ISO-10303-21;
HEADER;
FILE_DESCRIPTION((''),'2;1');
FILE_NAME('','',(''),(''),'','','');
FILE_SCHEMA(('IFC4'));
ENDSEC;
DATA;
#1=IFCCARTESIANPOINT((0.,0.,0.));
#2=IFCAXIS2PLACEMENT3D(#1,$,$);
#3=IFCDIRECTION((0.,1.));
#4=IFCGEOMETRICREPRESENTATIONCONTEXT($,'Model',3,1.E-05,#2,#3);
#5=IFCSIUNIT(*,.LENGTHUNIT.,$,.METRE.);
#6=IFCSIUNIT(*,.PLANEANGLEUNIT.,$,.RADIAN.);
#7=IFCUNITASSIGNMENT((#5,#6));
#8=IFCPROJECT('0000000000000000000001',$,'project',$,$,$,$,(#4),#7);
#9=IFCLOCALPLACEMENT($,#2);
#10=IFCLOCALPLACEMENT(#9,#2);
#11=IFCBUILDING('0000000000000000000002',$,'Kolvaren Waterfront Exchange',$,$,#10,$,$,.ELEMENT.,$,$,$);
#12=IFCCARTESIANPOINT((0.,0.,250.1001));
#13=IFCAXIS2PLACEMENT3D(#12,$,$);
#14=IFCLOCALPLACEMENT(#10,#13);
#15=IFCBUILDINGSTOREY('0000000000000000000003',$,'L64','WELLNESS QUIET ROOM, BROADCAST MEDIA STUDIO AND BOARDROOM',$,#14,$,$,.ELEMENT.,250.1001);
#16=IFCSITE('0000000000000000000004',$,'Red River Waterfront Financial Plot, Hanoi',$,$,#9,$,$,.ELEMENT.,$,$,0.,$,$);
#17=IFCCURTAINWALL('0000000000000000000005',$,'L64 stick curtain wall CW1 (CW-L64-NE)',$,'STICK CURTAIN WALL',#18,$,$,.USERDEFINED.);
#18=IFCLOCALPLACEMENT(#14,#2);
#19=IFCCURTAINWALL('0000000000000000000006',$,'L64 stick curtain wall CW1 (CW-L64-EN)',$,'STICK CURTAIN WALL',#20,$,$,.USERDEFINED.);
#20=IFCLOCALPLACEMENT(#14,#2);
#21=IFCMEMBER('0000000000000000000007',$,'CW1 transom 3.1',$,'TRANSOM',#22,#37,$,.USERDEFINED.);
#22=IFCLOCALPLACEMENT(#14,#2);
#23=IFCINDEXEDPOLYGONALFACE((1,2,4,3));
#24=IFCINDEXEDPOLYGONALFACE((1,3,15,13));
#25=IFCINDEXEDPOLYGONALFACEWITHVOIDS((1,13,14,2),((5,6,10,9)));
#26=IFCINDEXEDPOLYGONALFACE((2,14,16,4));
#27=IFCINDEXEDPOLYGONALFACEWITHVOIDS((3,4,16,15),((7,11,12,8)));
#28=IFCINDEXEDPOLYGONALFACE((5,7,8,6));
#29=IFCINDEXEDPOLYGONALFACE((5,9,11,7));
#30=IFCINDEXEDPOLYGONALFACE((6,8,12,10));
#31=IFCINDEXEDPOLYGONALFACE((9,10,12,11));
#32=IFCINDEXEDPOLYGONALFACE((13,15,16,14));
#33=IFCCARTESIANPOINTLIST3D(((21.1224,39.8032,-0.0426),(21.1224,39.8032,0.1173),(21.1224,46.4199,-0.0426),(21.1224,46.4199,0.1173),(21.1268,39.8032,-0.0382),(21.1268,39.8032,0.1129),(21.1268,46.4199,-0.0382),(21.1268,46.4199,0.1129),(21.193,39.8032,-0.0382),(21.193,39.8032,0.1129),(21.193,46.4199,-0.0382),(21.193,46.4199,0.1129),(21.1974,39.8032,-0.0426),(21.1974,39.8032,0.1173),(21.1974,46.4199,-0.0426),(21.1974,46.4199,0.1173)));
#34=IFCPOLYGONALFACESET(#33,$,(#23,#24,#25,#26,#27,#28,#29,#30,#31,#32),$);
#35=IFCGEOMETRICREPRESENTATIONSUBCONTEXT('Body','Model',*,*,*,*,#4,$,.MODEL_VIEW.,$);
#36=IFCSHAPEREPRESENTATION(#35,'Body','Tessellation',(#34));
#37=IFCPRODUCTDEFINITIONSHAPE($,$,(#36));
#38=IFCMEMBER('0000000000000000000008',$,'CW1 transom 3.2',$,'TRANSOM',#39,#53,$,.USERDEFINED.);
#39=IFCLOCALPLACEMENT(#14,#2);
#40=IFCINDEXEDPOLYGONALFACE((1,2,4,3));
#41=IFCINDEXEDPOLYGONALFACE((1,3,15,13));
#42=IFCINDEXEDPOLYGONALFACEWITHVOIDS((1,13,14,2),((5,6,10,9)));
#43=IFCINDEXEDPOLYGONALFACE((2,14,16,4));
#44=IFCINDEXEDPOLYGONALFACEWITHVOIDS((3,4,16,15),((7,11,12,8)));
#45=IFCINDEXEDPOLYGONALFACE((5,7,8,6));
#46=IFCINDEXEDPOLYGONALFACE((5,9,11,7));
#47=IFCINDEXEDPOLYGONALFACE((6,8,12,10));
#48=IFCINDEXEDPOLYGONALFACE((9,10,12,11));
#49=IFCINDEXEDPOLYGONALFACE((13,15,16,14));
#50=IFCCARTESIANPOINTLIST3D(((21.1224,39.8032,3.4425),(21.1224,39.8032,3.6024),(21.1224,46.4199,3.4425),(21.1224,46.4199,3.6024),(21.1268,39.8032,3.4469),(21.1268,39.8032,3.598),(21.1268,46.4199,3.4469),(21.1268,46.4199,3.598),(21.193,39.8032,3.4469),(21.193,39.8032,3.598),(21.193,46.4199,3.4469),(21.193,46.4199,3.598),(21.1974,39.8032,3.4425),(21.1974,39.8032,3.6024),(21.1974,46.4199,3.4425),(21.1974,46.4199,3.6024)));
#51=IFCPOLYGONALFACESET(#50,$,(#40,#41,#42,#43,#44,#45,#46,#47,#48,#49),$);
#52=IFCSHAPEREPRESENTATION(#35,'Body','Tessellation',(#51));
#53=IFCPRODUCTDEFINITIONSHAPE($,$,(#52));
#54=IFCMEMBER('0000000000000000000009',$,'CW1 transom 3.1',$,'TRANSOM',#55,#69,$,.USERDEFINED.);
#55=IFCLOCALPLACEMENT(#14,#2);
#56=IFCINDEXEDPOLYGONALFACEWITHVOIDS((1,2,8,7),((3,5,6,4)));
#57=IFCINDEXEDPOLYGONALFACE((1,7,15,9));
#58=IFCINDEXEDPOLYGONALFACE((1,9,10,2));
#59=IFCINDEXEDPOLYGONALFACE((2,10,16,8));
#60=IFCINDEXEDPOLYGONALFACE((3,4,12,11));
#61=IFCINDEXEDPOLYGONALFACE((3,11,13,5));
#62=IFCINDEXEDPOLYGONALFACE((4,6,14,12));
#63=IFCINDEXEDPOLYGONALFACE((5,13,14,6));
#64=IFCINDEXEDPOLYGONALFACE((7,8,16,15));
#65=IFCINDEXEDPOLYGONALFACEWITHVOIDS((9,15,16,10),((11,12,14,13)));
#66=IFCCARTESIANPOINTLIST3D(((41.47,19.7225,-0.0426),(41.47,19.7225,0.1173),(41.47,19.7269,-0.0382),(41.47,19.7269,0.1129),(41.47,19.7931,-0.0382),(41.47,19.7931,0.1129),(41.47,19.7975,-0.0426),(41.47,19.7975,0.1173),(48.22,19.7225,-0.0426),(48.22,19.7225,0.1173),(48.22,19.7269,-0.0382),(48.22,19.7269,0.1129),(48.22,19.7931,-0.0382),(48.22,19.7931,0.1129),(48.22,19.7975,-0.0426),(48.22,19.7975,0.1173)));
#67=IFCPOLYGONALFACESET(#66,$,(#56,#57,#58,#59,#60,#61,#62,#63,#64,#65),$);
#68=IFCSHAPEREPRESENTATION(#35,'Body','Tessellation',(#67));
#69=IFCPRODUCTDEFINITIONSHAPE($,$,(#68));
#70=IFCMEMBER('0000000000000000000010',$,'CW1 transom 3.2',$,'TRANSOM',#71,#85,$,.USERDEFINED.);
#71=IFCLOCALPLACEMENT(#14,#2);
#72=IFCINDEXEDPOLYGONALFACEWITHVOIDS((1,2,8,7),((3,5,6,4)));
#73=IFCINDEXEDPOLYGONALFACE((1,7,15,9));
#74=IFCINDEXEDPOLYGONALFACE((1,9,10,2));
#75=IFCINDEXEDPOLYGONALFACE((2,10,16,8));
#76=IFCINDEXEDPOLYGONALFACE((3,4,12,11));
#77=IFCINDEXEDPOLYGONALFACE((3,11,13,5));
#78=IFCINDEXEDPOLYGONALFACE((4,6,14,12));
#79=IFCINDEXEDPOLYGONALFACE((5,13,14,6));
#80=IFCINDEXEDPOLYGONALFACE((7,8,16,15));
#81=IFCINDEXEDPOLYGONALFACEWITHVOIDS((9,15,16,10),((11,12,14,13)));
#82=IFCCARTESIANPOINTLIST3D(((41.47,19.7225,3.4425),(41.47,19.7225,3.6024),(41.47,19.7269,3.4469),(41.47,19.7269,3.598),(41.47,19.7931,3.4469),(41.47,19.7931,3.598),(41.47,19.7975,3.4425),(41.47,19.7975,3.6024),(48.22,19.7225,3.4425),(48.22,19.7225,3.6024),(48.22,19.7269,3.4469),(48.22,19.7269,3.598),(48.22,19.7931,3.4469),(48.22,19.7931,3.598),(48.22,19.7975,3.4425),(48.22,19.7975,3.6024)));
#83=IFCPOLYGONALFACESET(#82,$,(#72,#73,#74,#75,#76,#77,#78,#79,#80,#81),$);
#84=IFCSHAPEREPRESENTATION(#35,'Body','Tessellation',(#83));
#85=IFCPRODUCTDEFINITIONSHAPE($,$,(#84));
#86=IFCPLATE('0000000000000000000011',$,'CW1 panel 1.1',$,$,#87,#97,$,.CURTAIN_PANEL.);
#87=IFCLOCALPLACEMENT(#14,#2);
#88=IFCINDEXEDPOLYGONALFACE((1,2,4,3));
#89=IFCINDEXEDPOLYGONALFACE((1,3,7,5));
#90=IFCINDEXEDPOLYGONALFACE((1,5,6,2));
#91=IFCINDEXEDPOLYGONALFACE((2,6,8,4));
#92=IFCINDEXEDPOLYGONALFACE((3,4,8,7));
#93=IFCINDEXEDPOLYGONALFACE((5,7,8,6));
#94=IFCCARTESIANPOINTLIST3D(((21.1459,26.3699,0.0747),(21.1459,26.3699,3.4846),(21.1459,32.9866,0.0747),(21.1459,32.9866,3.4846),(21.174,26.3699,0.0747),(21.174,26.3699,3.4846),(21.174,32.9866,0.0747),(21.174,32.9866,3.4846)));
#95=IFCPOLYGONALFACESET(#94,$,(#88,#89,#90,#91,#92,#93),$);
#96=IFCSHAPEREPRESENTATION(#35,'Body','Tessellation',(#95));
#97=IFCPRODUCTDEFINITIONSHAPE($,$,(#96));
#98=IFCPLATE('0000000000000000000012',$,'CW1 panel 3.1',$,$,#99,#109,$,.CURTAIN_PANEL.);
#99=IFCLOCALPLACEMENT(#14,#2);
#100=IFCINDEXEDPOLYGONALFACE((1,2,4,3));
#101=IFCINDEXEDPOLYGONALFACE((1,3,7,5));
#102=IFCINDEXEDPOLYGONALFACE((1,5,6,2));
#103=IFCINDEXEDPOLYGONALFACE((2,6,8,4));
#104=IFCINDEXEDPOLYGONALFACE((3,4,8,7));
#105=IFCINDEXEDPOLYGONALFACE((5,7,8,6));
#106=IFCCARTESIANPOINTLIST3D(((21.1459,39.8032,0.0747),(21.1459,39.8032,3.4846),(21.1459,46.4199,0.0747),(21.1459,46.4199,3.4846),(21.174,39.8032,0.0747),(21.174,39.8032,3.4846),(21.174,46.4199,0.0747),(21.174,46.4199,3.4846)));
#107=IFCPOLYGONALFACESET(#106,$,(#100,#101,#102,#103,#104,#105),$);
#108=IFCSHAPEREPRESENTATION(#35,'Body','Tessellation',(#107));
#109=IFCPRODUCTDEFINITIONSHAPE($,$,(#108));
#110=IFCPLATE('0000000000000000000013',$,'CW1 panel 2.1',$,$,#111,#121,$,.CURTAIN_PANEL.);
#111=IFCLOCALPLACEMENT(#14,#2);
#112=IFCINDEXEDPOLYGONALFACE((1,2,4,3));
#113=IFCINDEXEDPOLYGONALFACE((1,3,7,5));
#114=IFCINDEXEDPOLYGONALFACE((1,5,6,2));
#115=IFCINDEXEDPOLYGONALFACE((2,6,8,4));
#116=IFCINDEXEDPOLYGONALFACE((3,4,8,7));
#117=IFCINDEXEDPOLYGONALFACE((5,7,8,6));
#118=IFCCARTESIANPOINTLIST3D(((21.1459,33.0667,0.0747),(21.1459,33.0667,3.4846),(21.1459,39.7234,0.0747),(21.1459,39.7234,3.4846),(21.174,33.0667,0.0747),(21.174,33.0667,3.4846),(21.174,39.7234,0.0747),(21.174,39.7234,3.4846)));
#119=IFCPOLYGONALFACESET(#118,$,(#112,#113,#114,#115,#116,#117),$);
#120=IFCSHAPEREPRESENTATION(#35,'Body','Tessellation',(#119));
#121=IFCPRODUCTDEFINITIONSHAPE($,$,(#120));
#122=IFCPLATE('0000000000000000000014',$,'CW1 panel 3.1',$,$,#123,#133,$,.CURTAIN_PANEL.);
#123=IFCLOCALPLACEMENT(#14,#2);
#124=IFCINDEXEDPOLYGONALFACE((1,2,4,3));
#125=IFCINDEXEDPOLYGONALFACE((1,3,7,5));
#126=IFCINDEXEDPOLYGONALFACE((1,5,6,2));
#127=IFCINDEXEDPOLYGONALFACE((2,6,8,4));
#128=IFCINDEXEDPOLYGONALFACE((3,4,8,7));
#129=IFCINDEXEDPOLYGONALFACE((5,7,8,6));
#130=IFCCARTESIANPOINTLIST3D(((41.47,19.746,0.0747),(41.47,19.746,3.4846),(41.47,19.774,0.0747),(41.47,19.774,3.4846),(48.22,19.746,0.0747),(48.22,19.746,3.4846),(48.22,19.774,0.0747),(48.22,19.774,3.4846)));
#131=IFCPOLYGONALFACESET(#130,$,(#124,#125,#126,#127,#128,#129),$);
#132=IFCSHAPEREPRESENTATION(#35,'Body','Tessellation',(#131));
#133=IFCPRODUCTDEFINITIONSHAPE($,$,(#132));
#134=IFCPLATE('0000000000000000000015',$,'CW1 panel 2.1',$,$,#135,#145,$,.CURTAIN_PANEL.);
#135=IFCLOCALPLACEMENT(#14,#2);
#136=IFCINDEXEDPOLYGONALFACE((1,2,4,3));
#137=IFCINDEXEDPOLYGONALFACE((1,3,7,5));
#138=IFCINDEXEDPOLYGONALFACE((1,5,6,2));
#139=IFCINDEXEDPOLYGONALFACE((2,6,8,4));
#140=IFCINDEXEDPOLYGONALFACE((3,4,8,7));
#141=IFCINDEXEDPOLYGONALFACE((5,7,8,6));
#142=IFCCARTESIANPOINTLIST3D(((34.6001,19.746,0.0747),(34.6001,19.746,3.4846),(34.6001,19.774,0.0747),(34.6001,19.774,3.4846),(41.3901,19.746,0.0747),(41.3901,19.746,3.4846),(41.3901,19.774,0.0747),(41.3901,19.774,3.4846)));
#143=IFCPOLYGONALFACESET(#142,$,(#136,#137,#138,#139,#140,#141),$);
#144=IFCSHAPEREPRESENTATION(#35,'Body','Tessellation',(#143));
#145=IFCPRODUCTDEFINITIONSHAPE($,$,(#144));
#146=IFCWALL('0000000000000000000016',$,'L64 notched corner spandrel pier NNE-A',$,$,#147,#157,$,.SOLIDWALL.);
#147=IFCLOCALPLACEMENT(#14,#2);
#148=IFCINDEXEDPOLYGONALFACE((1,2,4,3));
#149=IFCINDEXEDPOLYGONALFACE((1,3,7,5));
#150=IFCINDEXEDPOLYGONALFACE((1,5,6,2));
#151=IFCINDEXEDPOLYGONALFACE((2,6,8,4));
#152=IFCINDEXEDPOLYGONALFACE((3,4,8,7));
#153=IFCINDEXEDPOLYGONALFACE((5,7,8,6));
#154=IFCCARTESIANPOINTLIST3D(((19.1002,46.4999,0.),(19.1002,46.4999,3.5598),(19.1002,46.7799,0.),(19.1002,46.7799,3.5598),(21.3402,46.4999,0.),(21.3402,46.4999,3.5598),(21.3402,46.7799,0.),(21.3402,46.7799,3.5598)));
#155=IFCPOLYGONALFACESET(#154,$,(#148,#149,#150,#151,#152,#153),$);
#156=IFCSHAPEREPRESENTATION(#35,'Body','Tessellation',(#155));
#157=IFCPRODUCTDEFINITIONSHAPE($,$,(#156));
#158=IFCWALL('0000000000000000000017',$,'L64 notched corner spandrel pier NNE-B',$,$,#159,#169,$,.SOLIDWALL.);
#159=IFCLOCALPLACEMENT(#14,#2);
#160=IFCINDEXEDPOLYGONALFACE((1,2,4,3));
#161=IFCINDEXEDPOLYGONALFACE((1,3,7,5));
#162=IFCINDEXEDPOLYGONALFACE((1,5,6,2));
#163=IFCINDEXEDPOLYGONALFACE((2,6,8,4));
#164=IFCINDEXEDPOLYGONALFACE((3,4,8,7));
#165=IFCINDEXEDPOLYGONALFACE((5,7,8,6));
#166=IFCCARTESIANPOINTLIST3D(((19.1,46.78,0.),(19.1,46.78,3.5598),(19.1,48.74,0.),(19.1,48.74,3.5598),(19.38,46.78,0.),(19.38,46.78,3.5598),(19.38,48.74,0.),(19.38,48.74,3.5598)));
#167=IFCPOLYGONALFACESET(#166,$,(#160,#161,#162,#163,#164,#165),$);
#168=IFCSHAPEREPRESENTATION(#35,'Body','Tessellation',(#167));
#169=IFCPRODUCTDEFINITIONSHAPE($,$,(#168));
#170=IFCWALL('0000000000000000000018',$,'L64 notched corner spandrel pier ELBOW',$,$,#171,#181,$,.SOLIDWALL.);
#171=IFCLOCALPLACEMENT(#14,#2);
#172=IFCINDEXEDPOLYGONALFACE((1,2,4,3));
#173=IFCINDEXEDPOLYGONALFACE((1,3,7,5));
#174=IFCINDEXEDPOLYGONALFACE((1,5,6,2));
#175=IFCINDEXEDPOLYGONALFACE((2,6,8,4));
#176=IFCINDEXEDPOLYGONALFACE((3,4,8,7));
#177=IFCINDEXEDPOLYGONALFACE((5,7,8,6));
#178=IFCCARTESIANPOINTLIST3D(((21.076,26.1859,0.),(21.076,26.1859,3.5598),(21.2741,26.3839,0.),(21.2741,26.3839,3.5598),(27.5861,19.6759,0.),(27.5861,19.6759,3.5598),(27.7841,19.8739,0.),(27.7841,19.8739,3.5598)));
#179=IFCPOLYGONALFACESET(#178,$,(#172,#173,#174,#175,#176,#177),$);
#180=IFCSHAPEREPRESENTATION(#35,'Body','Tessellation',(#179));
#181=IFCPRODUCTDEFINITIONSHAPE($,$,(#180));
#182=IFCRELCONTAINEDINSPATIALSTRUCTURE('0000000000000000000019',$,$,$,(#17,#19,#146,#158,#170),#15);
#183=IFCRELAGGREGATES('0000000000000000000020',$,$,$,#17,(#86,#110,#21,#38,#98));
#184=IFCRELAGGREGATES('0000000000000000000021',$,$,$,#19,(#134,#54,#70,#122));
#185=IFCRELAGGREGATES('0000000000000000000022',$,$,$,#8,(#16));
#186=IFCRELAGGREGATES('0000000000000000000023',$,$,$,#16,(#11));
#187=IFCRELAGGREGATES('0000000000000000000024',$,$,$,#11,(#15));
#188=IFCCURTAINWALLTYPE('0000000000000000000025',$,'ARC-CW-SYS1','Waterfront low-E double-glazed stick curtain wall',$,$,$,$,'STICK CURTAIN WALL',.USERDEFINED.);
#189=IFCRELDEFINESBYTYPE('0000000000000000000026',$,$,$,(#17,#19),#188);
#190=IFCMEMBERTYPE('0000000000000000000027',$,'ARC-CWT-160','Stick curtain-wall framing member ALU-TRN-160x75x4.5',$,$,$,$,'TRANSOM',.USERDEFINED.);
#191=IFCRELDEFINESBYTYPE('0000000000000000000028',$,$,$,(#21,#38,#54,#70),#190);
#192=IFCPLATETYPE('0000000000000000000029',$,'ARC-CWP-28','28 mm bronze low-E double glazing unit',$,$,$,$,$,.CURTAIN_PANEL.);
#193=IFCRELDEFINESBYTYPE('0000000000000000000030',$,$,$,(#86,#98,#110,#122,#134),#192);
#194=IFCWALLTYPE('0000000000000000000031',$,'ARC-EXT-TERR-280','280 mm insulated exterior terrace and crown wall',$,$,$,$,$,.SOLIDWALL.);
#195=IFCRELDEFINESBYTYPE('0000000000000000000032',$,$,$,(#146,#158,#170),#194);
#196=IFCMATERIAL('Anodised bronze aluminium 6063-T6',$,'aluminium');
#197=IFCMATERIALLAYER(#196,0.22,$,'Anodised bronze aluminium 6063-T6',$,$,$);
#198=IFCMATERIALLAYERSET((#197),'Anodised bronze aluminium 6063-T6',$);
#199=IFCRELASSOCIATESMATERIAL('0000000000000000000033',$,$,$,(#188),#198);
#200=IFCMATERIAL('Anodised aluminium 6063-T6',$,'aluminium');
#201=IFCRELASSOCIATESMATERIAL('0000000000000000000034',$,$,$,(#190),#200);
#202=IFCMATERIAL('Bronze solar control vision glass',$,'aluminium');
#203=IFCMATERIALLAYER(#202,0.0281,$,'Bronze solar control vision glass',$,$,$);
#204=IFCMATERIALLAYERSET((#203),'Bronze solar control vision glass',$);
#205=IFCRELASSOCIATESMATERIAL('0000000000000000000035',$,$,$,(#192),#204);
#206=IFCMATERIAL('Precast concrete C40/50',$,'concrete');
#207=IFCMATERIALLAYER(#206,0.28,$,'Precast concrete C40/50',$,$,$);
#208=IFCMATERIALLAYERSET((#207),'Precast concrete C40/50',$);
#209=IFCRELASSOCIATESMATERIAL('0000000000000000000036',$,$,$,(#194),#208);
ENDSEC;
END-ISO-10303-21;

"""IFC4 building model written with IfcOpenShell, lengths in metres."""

from ifc_helpers import new_model, si_unit, direction, frame, frame_2d, origin, origin_with_axes, origin_2d, place, context, subcontext, project, spatial, rectangle, hollow_rectangle, extrude, source, transform, mapped, material, layer, layer_set, material_profile, profile_set, type_object, element, aggregate, save


model = new_model("IFC4")

# Units and contexts
model_context = context("Model", 3, precision=1e-05, world=origin(), true_north=direction((0.0, 1.0)))
body_context = subcontext(model_context, "Body", "Model", "MODEL_VIEW")
ifc_project = project(units=[si_unit("LENGTHUNIT", "METRE"), si_unit("PLANEANGLEUNIT", "RADIAN")], contexts=[model_context])

# Site, building, storey
site_placement = place(None, origin())
site = spatial("IfcSite", under=ifc_project, at=site_placement, Name="Red River Waterfront Financial Plot, Hanoi", CompositionType="ELEMENT", RefElevation=0.0)
building_placement = place(site_placement, origin())
building = spatial("IfcBuilding", under=site, at=building_placement, Name="Kolvaren Waterfront Exchange", CompositionType="ELEMENT")
storey_placement = place(building_placement, frame((0.0, 0.0, 250.1001)))
storey = spatial("IfcBuildingStorey", under=building, at=storey_placement, Name="L64", Description="WELLNESS QUIET ROOM, BROADCAST MEDIA STUDIO AND BOARDROOM", CompositionType="ELEMENT", Elevation=250.1001)

# Curtain walls
ifc_material_1 = material(Name="Anodised bronze aluminium 6063-T6", Category="aluminium")
ifc_layer_1 = layer(ifc_material_1, 0.22, Name="Anodised bronze aluminium 6063-T6")
ifc_layer_set_1 = layer_set([ifc_layer_1], Name="Anodised bronze aluminium 6063-T6")
curtain_wall_type = type_object("IfcCurtainWallType", Name="ARC-CW-SYS1", Description="Waterfront low-E double-glazed stick curtain wall", ElementType="STICK CURTAIN WALL", PredefinedType="USERDEFINED", material=ifc_layer_set_1)
curtain_wall_1_placement = place(storey_placement, origin())
curtain_wall_1 = element("IfcCurtainWall", 1, at=curtain_wall_1_placement, inside=storey, type_object=curtain_wall_type, Name="L64 stick curtain wall CW1 (CW-L64-NE)", ObjectType="STICK CURTAIN WALL", PredefinedType="USERDEFINED")
ifc_material_2 = material(Name="Anodised aluminium 6063-T6", Category="aluminium")
curtain_wall_2_placement = place(storey_placement, origin())
curtain_wall_2 = element("IfcCurtainWall", 2, at=curtain_wall_2_placement, inside=storey, type_object=curtain_wall_type, Name="L64 stick curtain wall CW1 (CW-L64-EN)", ObjectType="STICK CURTAIN WALL", PredefinedType="USERDEFINED")

# Members
ifc_material_profile_1 = material_profile(ifc_material_2, hollow_rectangle(XDim=0.075, YDim=0.1599, WallThickness=0.0044, at=origin_2d()), Name="ALU-TRN-160x75x4.5")
ifc_profile_set_1 = profile_set([ifc_material_profile_1], Name="Anodised aluminium 6063-T6")
member_type_1 = type_object("IfcMemberType", Name="ARC-CWT-160", Description="Stick curtain-wall framing member ALU-TRN-160x75x4.5", ElementType="TRANSOM", PredefinedType="USERDEFINED", material=ifc_profile_set_1)
shared_shape_1 = source(origin_with_axes(), body_context, "Body", "SweptSolid", [
    extrude(hollow_rectangle(XDim=0.075, YDim=0.1599, WallThickness=0.0044, at=origin_2d()), origin(), (0.0, 0.0, 1.0), 6.6167),
])
member_1_placement = place(storey_placement, frame((21.1599, 39.8032, 0.0374), z_axis=(0.0, 1.0, 0.0), x_axis=(-1.0, 0.0, 0.0)))
member_1 = element("IfcMember", 3, at=member_1_placement, type_object=member_type_1, Name="CW1 transom 3.1", ObjectType="TRANSOM", PredefinedType="USERDEFINED", context=body_context, shape_type="MappedRepresentation", body=[
    mapped(shared_shape_1, transform((0.0, 0.0, 0.0), x_axis=(1.0, 0.0, 0.0), y_axis=(0.0, 1.0, 0.0), z_axis=(0.0, 0.0, 1.0), scale=1.0)),
])
member_2_placement = place(storey_placement, frame((21.1599, 39.8032, 3.5225), z_axis=(0.0, 1.0, 0.0), x_axis=(-1.0, 0.0, 0.0)))
member_2 = element("IfcMember", 4, at=member_2_placement, type_object=member_type_1, Name="CW1 transom 3.2", ObjectType="TRANSOM", PredefinedType="USERDEFINED", context=body_context, shape_type="MappedRepresentation", body=[
    mapped(shared_shape_1, transform((0.0, 0.0, 0.0), x_axis=(1.0, 0.0, 0.0), y_axis=(0.0, 1.0, 0.0), z_axis=(0.0, 0.0, 1.0), scale=1.0)),
])
shared_shape_2 = source(origin_with_axes(), body_context, "Body", "SweptSolid", [
    extrude(hollow_rectangle(XDim=0.075, YDim=0.1599, WallThickness=0.0044, at=origin_2d()), origin(), (0.0, 0.0, 1.0), 6.75),
])
member_3_placement = place(storey_placement, frame((41.47, 19.76, 0.0374), z_axis=(1.0, 0.0, 0.0), x_axis=(0.0, 1.0, 0.0)))
member_3 = element("IfcMember", 5, at=member_3_placement, type_object=member_type_1, Name="CW1 transom 3.1", ObjectType="TRANSOM", PredefinedType="USERDEFINED", context=body_context, shape_type="MappedRepresentation", body=[
    mapped(shared_shape_2, transform((0.0, 0.0, 0.0), x_axis=(1.0, 0.0, 0.0), y_axis=(0.0, 1.0, 0.0), z_axis=(0.0, 0.0, 1.0), scale=1.0)),
])
member_4_placement = place(storey_placement, frame((41.47, 19.76, 3.5225), z_axis=(1.0, 0.0, 0.0), x_axis=(0.0, 1.0, 0.0)))
member_4 = element("IfcMember", 6, at=member_4_placement, type_object=member_type_1, Name="CW1 transom 3.2", ObjectType="TRANSOM", PredefinedType="USERDEFINED", context=body_context, shape_type="MappedRepresentation", body=[
    mapped(shared_shape_2, transform((0.0, 0.0, 0.0), x_axis=(1.0, 0.0, 0.0), y_axis=(0.0, 1.0, 0.0), z_axis=(0.0, 0.0, 1.0), scale=1.0)),
])

# Plates
ifc_material_3 = material(Name="Bronze solar control vision glass", Category="aluminium")
ifc_layer_2 = layer(ifc_material_3, 0.0281, Name="Bronze solar control vision glass")
ifc_layer_set_2 = layer_set([ifc_layer_2], Name="Bronze solar control vision glass")
plate_type = type_object("IfcPlateType", Name="ARC-CWP-28", Description="28 mm bronze low-E double glazing unit", PredefinedType="CURTAIN_PANEL", material=ifc_layer_set_2)
shared_shape_3 = source(origin_with_axes(), body_context, "Body", "SweptSolid", [
    extrude(rectangle(XDim=6.6167, YDim=0.0281, at=origin_2d()), origin(), (0.0, 0.0, 1.0), 3.4099),
])
plate_1_placement = place(storey_placement, frame((21.1599, 29.6782, 0.0747), z_axis=(0.0, 0.0, 1.0), x_axis=(0.0, 1.0, 0.0)))
plate_1 = element("IfcPlate", 7, at=plate_1_placement, type_object=plate_type, Name="CW1 panel 1.1", PredefinedType="CURTAIN_PANEL", context=body_context, shape_type="MappedRepresentation", body=[
    mapped(shared_shape_3, transform((0.0, 0.0, 0.0), x_axis=(1.0, 0.0, 0.0), y_axis=(0.0, 1.0, 0.0), z_axis=(0.0, 0.0, 1.0), scale=1.0)),
])
plate_2_placement = place(storey_placement, frame((21.1599, 43.1116, 0.0747), z_axis=(0.0, 0.0, 1.0), x_axis=(0.0, 1.0, 0.0)))
plate_2 = element("IfcPlate", 8, at=plate_2_placement, type_object=plate_type, Name="CW1 panel 3.1", PredefinedType="CURTAIN_PANEL", context=body_context, shape_type="MappedRepresentation", body=[
    mapped(shared_shape_3, transform((0.0, 0.0, 0.0), x_axis=(1.0, 0.0, 0.0), y_axis=(0.0, 1.0, 0.0), z_axis=(0.0, 0.0, 1.0), scale=1.0)),
])
shared_shape_4 = source(origin_with_axes(), body_context, "Body", "SweptSolid", [
    extrude(rectangle(XDim=6.6567, YDim=0.0281, at=origin_2d()), origin(), (0.0, 0.0, 1.0), 3.4099),
])
plate_3_placement = place(storey_placement, frame((21.1599, 36.395, 0.0747), z_axis=(0.0, 0.0, 1.0), x_axis=(0.0, 1.0, 0.0)))
plate_3 = element("IfcPlate", 9, at=plate_3_placement, type_object=plate_type, Name="CW1 panel 2.1", PredefinedType="CURTAIN_PANEL", context=body_context, shape_type="MappedRepresentation", body=[
    mapped(shared_shape_4, transform((0.0, 0.0, 0.0), x_axis=(1.0, 0.0, 0.0), y_axis=(0.0, 1.0, 0.0), z_axis=(0.0, 0.0, 1.0), scale=1.0)),
])
aggregate(curtain_wall_1, [plate_1, plate_3, member_1, member_2, plate_2])
shared_shape_5 = source(origin_with_axes(), body_context, "Body", "SweptSolid", [
    extrude(rectangle(XDim=6.75, YDim=0.0281, at=origin_2d()), origin(), (0.0, 0.0, 1.0), 3.4099),
])
plate_4_placement = place(storey_placement, frame((44.845, 19.76, 0.0747), z_axis=(0.0, 0.0, 1.0), x_axis=(1.0, 0.0, 0.0)))
plate_4 = element("IfcPlate", 10, at=plate_4_placement, type_object=plate_type, Name="CW1 panel 3.1", PredefinedType="CURTAIN_PANEL", context=body_context, shape_type="MappedRepresentation", body=[
    mapped(shared_shape_5, transform((0.0, 0.0, 0.0), x_axis=(1.0, 0.0, 0.0), y_axis=(0.0, 1.0, 0.0), z_axis=(0.0, 0.0, 1.0), scale=1.0)),
])
shared_shape_6 = source(origin_with_axes(), body_context, "Body", "SweptSolid", [
    extrude(rectangle(XDim=6.79, YDim=0.0281, at=origin_2d()), origin(), (0.0, 0.0, 1.0), 3.4099),
])
plate_5_placement = place(storey_placement, frame((37.9951, 19.76, 0.0747), z_axis=(0.0, 0.0, 1.0), x_axis=(1.0, 0.0, 0.0)))
plate_5 = element("IfcPlate", 11, at=plate_5_placement, type_object=plate_type, Name="CW1 panel 2.1", PredefinedType="CURTAIN_PANEL", context=body_context, shape_type="MappedRepresentation", body=[
    mapped(shared_shape_6, transform((0.0, 0.0, 0.0), x_axis=(1.0, 0.0, 0.0), y_axis=(0.0, 1.0, 0.0), z_axis=(0.0, 0.0, 1.0), scale=1.0)),
])
aggregate(curtain_wall_2, [plate_5, member_3, member_4, plate_4])

# Walls
ifc_material_4 = material(Name="Precast concrete C40/50", Category="concrete")
ifc_layer_3 = layer(ifc_material_4, 0.28, Name="Precast concrete C40/50")
ifc_layer_set_3 = layer_set([ifc_layer_3], Name="Precast concrete C40/50")
wall_type = type_object("IfcWallType", Name="ARC-EXT-TERR-280", Description="280 mm insulated exterior terrace and crown wall", PredefinedType="SOLIDWALL", material=ifc_layer_set_3)
wall_1_placement = place(storey_placement, frame((19.1001, 46.6399, 0.0), z_axis=(0.0, 0.0, 1.0), x_axis=(1.0, 0.0, 0.0)))
element("IfcWall", 12, at=wall_1_placement, inside=storey, type_object=wall_type, Name="L64 notched corner spandrel pier NNE-A", PredefinedType="SOLIDWALL", context=body_context, shape_type="SweptSolid", body=[
    extrude(rectangle(XDim=2.24, YDim=0.28, at=frame_2d((1.1201, 0.0))), origin(), (0.0, 0.0, 1.0), 3.5598),
])
wall_2_placement = place(storey_placement, frame((19.24, 46.78, 0.0), z_axis=(0.0, 0.0, 1.0), x_axis=(0.0, 1.0, 0.0)))
element("IfcWall", 13, at=wall_2_placement, inside=storey, type_object=wall_type, Name="L64 notched corner spandrel pier NNE-B", PredefinedType="SOLIDWALL", context=body_context, shape_type="SweptSolid", body=[
    extrude(rectangle(XDim=1.96, YDim=0.28, at=frame_2d((0.98, 0.0))), origin(), (0.0, 0.0, 1.0), 3.5598),
])
wall_3_placement = place(storey_placement, frame((27.6851, 19.7749, 0.0), z_axis=(0.0, 0.0, 1.0), x_axis=(-0.707107, 0.707107, 0.0)))
element("IfcWall", 14, at=wall_3_placement, inside=storey, type_object=wall_type, Name="L64 notched corner spandrel pier ELBOW", PredefinedType="SOLIDWALL", context=body_context, shape_type="SweptSolid", body=[
    extrude(rectangle(XDim=9.2065, YDim=0.28, at=frame_2d((4.6033, 0.0))), origin(), (0.0, 0.0, 1.0), 3.5598),
])

save(model, "model.ifc")
